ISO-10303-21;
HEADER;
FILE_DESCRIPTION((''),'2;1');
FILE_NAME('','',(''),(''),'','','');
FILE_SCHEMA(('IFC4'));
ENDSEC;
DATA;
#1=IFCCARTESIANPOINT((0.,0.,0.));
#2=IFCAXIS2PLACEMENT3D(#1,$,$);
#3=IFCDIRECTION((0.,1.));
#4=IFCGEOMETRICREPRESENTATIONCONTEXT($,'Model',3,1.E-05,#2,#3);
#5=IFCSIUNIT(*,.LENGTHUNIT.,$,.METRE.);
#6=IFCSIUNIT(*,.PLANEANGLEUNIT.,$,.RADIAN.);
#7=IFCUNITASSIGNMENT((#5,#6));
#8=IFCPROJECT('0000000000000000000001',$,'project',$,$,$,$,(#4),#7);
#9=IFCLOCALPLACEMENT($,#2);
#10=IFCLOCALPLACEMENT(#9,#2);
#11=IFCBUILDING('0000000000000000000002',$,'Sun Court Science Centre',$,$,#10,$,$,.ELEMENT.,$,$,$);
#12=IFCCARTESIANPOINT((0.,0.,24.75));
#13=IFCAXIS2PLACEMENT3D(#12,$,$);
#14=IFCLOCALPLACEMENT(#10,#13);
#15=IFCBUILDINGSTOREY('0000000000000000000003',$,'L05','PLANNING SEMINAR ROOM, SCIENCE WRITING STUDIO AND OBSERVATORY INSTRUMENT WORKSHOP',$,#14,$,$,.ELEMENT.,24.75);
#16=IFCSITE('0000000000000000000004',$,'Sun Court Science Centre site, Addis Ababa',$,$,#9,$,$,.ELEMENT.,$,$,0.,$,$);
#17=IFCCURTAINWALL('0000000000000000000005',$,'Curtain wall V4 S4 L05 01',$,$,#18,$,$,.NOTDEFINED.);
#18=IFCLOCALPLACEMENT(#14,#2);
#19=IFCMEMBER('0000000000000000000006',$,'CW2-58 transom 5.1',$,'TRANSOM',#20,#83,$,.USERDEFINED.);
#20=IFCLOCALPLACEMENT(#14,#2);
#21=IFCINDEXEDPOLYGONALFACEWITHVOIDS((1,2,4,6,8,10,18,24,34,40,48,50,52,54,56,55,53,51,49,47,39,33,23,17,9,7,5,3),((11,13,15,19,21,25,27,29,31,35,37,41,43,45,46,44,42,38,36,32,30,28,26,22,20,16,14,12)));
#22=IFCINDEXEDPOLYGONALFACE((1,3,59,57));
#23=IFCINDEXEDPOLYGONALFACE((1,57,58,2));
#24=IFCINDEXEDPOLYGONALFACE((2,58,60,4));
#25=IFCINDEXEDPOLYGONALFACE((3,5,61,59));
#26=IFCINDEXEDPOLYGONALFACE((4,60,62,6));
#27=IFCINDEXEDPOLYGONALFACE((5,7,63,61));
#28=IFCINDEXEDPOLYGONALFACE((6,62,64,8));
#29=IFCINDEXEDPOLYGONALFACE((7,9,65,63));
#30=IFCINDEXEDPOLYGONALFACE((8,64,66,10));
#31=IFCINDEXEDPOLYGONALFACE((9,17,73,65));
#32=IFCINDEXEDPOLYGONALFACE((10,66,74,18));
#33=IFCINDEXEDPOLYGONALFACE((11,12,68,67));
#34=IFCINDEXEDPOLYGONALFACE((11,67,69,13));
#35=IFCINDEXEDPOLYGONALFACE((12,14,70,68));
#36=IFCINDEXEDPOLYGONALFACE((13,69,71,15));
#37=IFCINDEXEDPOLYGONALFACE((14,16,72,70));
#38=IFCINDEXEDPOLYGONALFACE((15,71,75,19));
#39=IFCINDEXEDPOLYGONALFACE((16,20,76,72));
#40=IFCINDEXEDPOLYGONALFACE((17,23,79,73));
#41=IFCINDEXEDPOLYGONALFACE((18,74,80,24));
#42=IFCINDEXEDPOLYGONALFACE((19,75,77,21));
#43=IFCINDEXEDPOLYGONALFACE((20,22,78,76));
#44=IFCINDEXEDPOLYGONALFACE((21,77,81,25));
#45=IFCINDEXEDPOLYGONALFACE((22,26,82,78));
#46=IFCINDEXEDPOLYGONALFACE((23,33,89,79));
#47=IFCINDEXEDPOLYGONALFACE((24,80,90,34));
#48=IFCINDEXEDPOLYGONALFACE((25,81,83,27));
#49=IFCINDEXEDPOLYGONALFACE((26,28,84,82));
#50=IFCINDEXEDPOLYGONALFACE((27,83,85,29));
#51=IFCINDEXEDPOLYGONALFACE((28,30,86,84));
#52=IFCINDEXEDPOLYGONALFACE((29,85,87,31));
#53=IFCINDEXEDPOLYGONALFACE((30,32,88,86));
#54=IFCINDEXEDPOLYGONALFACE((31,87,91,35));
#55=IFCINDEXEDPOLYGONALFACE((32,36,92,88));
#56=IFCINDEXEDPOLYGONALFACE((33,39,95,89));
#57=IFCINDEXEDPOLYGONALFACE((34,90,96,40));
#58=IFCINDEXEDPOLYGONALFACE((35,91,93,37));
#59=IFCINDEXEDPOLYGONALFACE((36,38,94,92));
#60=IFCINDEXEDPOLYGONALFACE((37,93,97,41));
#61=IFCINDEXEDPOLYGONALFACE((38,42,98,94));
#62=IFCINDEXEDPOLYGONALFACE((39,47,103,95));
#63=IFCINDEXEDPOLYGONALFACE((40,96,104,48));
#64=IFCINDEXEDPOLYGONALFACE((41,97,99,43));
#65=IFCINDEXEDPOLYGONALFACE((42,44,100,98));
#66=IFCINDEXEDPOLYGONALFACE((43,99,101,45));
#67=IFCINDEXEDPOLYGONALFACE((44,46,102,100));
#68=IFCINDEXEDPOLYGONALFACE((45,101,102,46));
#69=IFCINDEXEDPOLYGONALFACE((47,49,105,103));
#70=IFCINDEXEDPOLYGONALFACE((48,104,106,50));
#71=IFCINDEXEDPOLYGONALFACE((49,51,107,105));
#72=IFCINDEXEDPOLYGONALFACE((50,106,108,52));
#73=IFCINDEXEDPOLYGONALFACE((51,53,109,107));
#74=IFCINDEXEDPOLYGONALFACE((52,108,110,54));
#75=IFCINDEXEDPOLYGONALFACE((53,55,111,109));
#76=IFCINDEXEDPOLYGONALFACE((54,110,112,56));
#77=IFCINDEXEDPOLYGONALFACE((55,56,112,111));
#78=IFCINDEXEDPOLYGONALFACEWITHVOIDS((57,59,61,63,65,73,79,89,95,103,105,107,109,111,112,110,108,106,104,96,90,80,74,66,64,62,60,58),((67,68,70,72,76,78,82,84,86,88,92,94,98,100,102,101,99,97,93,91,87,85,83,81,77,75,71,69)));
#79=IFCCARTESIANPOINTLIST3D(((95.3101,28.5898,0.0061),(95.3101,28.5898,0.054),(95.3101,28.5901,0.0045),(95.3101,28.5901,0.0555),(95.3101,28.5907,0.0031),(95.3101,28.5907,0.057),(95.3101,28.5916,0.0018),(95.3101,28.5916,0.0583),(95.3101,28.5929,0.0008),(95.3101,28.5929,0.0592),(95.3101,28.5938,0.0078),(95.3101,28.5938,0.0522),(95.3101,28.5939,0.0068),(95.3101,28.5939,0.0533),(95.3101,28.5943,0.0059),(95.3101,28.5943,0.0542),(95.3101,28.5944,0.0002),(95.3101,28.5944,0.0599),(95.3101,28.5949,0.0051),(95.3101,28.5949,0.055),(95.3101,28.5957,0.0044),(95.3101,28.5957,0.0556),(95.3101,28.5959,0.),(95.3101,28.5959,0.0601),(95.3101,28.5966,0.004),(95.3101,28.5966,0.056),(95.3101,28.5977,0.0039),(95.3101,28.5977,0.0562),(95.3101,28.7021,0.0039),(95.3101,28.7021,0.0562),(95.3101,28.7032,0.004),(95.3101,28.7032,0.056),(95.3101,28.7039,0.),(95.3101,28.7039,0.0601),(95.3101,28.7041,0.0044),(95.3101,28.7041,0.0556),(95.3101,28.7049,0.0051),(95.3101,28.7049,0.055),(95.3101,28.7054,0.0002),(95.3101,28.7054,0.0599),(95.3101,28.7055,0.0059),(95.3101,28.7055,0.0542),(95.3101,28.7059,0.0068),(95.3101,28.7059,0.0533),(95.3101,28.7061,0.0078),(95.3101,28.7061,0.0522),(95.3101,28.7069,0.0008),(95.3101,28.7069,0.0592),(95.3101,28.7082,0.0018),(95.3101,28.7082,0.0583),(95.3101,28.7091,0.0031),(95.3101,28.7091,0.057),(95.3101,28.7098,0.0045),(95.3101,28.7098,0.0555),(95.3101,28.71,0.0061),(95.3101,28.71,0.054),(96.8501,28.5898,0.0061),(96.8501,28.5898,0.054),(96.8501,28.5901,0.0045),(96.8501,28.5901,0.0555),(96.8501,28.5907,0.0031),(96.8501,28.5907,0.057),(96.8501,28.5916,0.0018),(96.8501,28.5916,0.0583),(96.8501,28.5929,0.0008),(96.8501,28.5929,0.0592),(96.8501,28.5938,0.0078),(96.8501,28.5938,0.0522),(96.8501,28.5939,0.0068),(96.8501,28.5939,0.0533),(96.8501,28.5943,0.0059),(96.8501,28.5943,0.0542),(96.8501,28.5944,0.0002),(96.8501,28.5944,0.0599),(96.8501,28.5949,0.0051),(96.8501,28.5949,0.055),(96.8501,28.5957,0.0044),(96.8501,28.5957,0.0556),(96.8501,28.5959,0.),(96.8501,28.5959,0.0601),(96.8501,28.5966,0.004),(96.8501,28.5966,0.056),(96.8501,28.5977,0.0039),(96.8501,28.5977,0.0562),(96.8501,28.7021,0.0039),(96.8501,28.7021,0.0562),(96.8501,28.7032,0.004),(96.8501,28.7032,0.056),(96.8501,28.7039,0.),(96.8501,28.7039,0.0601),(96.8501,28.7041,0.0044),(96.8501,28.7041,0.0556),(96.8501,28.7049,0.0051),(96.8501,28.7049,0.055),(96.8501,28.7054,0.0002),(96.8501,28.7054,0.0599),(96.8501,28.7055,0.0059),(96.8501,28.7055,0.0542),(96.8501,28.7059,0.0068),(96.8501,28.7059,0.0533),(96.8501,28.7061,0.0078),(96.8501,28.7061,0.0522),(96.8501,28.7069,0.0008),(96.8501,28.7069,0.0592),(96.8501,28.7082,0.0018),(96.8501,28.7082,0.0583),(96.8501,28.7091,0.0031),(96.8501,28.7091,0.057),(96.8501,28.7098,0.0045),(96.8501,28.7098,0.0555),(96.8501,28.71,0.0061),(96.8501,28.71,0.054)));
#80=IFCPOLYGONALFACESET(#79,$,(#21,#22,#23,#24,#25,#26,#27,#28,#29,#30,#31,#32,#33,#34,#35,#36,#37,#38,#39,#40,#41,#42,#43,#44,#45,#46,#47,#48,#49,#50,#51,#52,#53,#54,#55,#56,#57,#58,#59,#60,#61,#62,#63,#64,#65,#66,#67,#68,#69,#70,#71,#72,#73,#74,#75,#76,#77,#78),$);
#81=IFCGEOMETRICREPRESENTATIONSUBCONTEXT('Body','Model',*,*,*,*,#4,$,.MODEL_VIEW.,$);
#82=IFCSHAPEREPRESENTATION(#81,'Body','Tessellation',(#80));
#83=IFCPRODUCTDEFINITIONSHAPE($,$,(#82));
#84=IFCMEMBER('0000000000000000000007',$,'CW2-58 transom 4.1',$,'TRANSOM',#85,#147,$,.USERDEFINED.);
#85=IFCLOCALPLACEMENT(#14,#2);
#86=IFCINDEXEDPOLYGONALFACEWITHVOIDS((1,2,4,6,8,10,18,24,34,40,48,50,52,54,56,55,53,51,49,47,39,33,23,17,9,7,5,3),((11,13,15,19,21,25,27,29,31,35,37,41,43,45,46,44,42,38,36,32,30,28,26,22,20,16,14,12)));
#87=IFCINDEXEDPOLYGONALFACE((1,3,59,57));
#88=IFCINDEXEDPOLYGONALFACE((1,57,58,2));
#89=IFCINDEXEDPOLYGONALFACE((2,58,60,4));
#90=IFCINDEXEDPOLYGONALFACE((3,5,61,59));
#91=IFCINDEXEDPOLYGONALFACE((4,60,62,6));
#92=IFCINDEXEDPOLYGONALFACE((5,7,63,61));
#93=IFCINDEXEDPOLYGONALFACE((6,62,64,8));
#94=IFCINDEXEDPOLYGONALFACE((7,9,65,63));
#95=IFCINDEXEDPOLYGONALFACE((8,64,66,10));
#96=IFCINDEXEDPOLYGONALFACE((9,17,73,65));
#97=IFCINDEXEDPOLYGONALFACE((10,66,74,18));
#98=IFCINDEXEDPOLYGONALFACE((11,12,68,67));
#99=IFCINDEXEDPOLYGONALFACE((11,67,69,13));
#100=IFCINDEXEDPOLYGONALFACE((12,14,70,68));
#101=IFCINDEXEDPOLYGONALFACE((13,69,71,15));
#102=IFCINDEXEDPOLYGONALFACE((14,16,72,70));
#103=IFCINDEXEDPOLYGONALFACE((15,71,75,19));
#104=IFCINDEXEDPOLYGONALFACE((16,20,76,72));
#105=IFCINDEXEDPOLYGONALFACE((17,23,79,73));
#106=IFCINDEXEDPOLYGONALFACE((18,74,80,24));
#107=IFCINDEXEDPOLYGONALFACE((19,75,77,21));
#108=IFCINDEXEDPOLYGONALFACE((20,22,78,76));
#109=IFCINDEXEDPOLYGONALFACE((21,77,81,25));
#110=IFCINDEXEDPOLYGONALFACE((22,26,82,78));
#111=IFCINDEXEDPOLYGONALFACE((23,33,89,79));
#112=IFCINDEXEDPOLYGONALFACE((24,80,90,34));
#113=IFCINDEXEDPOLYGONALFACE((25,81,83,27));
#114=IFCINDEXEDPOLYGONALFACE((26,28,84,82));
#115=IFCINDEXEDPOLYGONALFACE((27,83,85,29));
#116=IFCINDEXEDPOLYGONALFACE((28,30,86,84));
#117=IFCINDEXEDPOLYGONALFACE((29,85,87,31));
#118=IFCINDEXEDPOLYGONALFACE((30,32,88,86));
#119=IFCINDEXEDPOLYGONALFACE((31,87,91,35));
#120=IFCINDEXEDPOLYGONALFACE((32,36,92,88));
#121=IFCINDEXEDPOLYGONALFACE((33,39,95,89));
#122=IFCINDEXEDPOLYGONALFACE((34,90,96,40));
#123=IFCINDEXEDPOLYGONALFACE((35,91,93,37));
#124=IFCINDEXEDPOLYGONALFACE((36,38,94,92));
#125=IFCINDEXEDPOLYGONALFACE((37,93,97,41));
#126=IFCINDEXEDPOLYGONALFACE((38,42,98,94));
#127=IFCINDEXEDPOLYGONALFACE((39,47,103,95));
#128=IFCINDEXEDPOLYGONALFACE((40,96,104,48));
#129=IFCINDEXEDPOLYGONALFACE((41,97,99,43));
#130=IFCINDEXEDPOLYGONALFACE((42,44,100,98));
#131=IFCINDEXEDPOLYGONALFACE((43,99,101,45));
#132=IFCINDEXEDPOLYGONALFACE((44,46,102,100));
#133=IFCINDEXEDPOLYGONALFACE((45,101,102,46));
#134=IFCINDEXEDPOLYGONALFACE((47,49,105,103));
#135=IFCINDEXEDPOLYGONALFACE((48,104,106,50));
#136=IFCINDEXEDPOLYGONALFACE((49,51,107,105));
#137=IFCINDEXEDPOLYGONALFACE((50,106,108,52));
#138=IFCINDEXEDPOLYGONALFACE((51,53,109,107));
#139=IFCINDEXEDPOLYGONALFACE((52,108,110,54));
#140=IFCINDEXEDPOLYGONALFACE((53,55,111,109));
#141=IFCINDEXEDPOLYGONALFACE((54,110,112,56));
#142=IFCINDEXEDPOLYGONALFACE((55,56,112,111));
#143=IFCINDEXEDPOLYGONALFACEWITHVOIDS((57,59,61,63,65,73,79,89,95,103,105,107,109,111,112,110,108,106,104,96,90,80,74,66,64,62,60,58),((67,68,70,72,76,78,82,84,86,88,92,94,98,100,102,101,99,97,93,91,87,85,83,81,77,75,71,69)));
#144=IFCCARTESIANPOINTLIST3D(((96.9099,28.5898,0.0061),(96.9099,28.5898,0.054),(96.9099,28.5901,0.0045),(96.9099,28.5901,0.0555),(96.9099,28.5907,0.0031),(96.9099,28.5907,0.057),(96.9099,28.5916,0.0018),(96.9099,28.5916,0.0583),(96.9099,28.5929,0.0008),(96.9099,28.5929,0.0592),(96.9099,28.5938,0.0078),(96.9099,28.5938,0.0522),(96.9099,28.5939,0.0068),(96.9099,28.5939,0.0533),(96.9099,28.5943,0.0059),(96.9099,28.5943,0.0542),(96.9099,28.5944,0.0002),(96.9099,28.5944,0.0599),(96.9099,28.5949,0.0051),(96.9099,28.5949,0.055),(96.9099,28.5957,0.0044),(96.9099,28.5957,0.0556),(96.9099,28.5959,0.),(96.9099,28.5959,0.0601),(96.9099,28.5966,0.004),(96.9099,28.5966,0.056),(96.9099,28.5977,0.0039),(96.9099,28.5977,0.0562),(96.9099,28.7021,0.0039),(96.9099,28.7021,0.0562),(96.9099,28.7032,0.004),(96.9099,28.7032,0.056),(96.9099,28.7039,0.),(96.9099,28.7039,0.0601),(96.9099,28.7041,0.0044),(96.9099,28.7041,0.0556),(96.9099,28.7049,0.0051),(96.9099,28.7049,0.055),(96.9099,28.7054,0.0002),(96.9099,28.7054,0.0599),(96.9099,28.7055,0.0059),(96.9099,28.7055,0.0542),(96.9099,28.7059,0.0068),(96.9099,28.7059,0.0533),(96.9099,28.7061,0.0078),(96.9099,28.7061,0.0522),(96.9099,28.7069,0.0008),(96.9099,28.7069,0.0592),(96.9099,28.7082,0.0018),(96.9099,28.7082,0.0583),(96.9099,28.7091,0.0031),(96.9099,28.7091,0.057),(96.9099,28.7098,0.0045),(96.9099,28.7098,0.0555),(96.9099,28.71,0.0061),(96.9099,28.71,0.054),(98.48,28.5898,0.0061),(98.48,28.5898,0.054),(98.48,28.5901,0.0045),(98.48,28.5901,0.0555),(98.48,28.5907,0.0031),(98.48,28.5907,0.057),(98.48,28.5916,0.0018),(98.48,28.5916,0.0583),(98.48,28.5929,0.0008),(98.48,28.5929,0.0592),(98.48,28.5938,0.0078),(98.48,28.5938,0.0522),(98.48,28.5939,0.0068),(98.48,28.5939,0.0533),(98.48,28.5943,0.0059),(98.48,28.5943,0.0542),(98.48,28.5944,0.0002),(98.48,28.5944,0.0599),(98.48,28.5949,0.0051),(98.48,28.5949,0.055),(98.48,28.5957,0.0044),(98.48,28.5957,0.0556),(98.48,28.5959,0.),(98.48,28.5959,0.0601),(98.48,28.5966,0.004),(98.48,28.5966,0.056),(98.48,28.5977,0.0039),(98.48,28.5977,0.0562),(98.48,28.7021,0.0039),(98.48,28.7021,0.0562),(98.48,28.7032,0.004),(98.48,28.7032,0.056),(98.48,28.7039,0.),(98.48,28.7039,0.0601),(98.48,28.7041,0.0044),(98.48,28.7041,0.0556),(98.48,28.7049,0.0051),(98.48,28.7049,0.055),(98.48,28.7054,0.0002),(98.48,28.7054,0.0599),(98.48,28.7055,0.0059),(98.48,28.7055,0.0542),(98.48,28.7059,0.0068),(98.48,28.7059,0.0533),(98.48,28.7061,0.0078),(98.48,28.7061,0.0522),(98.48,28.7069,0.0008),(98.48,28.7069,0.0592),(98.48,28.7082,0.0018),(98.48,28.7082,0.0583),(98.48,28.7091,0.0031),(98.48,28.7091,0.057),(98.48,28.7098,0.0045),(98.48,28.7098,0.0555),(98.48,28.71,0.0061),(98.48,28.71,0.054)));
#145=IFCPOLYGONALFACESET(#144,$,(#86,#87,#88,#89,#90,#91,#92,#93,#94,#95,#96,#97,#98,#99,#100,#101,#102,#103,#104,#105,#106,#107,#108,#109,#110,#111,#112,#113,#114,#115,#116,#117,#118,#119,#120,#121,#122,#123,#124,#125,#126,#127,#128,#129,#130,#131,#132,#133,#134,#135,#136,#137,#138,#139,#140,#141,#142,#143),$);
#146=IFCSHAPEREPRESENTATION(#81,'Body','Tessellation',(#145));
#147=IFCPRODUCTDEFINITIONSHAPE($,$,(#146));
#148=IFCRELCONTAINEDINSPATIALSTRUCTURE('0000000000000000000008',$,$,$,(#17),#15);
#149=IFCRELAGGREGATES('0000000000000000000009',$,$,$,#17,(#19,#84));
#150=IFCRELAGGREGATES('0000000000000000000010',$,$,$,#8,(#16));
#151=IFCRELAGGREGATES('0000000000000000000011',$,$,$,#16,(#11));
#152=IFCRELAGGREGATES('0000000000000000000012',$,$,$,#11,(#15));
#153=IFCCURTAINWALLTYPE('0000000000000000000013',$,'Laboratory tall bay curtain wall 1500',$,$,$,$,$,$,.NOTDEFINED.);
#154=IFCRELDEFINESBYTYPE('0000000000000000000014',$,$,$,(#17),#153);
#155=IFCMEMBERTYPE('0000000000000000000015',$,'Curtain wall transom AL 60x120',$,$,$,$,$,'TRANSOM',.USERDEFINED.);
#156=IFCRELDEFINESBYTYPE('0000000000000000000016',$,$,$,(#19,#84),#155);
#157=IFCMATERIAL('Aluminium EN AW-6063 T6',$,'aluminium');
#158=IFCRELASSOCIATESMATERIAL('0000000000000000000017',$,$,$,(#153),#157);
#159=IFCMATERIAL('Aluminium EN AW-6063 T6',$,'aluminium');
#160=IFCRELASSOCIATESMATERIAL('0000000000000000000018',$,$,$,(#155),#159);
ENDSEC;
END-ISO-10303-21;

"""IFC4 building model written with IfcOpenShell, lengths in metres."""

from ifc_helpers import new_model, si_unit, direction, frame, origin, origin_2d, place, context, subcontext, project, spatial, hollow_rectangle, extrude, material, material_profile, profile_set, type_object, element, aggregate, save


model = new_model("IFC4")

# Units and contexts
model_context = context("Model", 3, precision=1e-05, world=origin(), true_north=direction((0.0, 1.0)))
body_context = subcontext(model_context, "Body", "Model", "MODEL_VIEW")
ifc_project = project(units=[si_unit("LENGTHUNIT", "METRE"), si_unit("PLANEANGLEUNIT", "RADIAN")], contexts=[model_context])

# Site, building, storey
site_placement = place(None, origin())
site = spatial("IfcSite", under=ifc_project, at=site_placement, Name="Sun Court Science Centre site, Addis Ababa", CompositionType="ELEMENT", RefElevation=0.0)
building_placement = place(site_placement, origin())
building = spatial("IfcBuilding", under=site, at=building_placement, Name="Sun Court Science Centre", CompositionType="ELEMENT")
storey_placement = place(building_placement, frame((0.0, 0.0, 24.75)))
storey = spatial("IfcBuildingStorey", under=building, at=storey_placement, Name="L05", Description="PLANNING SEMINAR ROOM, SCIENCE WRITING STUDIO AND OBSERVATORY INSTRUMENT WORKSHOP", CompositionType="ELEMENT", Elevation=24.75)

# Curtain wall
ifc_material_1 = material(Name="Aluminium EN AW-6063 T6", Category="aluminium")
curtain_wall_type = type_object("IfcCurtainWallType", Name="Laboratory tall bay curtain wall 1500", PredefinedType="NOTDEFINED", material=ifc_material_1)
curtain_wall_1_placement = place(storey_placement, origin())
curtain_wall_1 = element("IfcCurtainWall", 1, at=curtain_wall_1_placement, inside=storey, type_object=curtain_wall_type, Name="Curtain wall V4 S4 L05 01", PredefinedType="NOTDEFINED")

# Members
ifc_material_2 = material(Name="Aluminium EN AW-6063 T6", Category="aluminium")
ifc_material_profile_1 = material_profile(ifc_material_2, hollow_rectangle(XDim=0.0601, YDim=0.1201, WallThickness=0.0039, InnerFilletRadius=0.0039, OuterFilletRadius=0.0061, at=origin_2d()), Name="AL 60x120x4")
ifc_profile_set_1 = profile_set([ifc_material_profile_1], Name="Aluminium EN AW-6063 T6")
member_type_1 = type_object("IfcMemberType", Name="Curtain wall transom AL 60x120", ElementType="TRANSOM", PredefinedType="USERDEFINED", material=ifc_profile_set_1)
member_1_placement = place(storey_placement, frame((96.8501, 28.6499, 0.03), z_axis=(-1.0, 0.0, 0.0), x_axis=(0.0, 0.0, 1.0)))
member_1 = element("IfcMember", 2, at=member_1_placement, type_object=member_type_1, Name="CW2-58 transom 5.1", ObjectType="TRANSOM", PredefinedType="USERDEFINED", context=body_context, shape_type="SweptSolid", body=[
    extrude(hollow_rectangle(XDim=0.0601, YDim=0.1201, WallThickness=0.0039, InnerFilletRadius=0.0039, OuterFilletRadius=0.0061, at=origin_2d()), origin(), (0.0, 0.0, 1.0), 1.54),
])
member_2_placement = place(storey_placement, frame((98.48, 28.6499, 0.03), z_axis=(-1.0, 0.0, 0.0), x_axis=(0.0, 0.0, 1.0)))
member_2 = element("IfcMember", 3, at=member_2_placement, type_object=member_type_1, Name="CW2-58 transom 4.1", ObjectType="TRANSOM", PredefinedType="USERDEFINED", context=body_context, shape_type="SweptSolid", body=[
    extrude(hollow_rectangle(XDim=0.0601, YDim=0.1201, WallThickness=0.0039, InnerFilletRadius=0.0039, OuterFilletRadius=0.0061, at=origin_2d()), origin(), (0.0, 0.0, 1.0), 1.5701),
])

aggregate(curtain_wall_1, [member_1, member_2])

save(model, "model.ifc")
